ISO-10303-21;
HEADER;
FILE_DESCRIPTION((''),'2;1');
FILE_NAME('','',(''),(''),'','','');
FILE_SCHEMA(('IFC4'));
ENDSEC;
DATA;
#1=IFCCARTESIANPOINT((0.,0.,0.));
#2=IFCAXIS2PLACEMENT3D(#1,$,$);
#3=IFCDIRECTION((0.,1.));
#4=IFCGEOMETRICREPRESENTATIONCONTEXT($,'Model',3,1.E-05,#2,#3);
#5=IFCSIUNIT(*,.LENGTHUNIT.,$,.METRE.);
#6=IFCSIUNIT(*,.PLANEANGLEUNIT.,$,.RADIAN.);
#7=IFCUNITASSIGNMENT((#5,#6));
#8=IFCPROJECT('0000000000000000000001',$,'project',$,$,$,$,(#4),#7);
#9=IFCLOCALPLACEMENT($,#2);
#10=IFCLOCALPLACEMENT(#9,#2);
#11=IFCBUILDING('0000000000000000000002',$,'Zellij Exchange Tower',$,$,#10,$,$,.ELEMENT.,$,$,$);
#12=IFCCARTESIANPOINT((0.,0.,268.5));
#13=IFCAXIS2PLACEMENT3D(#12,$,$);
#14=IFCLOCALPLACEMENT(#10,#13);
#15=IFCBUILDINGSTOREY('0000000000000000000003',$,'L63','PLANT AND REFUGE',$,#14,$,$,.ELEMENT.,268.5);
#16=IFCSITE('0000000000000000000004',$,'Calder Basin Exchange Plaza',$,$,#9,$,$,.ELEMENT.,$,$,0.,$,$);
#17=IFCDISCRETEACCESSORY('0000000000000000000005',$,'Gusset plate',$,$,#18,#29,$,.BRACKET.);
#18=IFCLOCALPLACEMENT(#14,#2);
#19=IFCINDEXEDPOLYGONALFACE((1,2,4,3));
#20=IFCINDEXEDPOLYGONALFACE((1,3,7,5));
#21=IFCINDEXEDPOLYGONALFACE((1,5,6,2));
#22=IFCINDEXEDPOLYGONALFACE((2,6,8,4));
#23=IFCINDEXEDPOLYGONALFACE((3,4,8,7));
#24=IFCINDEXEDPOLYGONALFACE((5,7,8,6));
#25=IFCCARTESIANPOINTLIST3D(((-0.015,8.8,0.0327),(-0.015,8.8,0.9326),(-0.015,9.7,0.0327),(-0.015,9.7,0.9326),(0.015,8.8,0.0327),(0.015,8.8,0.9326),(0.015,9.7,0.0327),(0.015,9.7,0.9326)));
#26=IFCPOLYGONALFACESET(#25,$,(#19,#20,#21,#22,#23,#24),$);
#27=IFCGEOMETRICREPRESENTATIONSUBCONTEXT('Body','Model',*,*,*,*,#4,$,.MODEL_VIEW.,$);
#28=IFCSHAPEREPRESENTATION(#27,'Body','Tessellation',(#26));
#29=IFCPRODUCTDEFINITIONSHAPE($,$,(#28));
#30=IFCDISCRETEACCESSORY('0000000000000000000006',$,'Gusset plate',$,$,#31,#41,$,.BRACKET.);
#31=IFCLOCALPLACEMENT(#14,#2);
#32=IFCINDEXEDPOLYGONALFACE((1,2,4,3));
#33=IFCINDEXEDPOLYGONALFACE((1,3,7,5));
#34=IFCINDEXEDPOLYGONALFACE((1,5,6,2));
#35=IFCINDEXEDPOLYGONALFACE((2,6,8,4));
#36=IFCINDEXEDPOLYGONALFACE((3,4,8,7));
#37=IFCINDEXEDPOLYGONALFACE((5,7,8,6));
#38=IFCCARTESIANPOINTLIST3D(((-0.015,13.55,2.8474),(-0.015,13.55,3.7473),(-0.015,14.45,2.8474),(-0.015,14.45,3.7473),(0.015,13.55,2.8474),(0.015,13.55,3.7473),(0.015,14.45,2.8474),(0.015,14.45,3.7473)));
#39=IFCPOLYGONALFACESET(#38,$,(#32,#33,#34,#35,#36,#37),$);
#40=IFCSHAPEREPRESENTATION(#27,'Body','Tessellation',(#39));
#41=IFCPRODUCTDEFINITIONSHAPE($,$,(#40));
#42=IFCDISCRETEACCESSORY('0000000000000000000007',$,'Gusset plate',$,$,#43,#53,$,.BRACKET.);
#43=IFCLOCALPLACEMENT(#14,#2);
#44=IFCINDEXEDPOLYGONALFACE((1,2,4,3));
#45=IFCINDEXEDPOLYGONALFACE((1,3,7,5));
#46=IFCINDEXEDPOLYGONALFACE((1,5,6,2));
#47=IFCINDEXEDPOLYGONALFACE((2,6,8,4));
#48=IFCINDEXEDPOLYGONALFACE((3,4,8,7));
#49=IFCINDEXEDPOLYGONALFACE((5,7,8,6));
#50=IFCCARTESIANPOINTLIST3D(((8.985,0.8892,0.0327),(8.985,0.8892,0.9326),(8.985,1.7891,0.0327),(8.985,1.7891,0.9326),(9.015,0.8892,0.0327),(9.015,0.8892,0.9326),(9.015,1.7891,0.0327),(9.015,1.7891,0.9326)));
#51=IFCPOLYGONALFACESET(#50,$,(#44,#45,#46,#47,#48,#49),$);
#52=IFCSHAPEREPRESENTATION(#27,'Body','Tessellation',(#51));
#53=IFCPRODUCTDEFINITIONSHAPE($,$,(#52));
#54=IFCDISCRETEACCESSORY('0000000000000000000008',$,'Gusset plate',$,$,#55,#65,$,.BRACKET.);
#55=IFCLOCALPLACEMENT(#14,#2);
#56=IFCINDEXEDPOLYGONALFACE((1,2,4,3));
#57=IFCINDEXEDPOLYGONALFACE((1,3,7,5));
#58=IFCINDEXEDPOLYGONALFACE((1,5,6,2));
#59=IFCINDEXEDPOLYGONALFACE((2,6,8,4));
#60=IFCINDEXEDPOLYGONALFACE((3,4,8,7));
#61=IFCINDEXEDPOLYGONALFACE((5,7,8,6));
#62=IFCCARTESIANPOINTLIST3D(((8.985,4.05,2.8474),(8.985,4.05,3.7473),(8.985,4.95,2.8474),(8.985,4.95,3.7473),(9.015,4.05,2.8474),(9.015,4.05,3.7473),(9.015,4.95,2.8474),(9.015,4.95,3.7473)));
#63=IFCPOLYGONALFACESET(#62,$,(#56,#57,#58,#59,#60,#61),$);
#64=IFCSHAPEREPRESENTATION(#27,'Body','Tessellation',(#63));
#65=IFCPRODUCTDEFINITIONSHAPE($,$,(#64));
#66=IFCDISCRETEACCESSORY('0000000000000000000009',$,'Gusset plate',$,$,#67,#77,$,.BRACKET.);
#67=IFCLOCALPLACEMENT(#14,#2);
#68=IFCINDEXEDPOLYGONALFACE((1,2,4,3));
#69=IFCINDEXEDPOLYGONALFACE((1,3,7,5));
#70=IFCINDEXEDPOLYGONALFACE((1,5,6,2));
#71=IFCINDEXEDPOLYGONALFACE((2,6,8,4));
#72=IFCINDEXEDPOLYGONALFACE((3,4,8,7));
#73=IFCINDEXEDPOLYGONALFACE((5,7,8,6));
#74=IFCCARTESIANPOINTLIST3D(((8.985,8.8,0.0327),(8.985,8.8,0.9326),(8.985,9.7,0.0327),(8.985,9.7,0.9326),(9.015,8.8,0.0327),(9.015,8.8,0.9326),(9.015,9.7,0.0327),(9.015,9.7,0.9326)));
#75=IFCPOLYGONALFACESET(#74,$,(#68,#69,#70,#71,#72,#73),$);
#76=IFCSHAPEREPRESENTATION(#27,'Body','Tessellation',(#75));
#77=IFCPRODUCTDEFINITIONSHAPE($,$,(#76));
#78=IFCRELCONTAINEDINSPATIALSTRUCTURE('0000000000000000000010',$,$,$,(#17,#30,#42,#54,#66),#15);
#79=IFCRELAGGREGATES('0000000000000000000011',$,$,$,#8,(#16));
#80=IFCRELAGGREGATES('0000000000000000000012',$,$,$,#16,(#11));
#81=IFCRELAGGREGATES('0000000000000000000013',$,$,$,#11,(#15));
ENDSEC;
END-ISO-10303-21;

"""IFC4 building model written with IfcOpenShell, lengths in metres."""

from ifc_helpers import new_model, si_unit, direction, frame, origin, origin_2d, place, context, subcontext, project, spatial, rectangle, extrude, element, save


model = new_model("IFC4")

# Units and contexts
model_context = context("Model", 3, precision=1e-05, world=origin(), true_north=direction((0.0, 1.0)))
body_context = subcontext(model_context, "Body", "Model", "MODEL_VIEW")
ifc_project = project(units=[si_unit("LENGTHUNIT", "METRE"), si_unit("PLANEANGLEUNIT", "RADIAN")], contexts=[model_context])

# Site, building, storey
site_placement = place(None, origin())
site = spatial("IfcSite", under=ifc_project, at=site_placement, Name="Calder Basin Exchange Plaza", CompositionType="ELEMENT", RefElevation=0.0)
building_placement = place(site_placement, origin())
building = spatial("IfcBuilding", under=site, at=building_placement, Name="Zellij Exchange Tower", CompositionType="ELEMENT")
storey_placement = place(building_placement, frame((0.0, 0.0, 268.5)))
storey = spatial("IfcBuildingStorey", under=building, at=storey_placement, Name="L63", Description="PLANT AND REFUGE", CompositionType="ELEMENT", Elevation=268.5)

# Discrete accessories
for number, where, z_axis, x_axis, name in (
    (1, (0.0, 9.25, 0.0327), (0.0, 0.0, 1.0), (0.0, 1.0, 0.0), "Gusset plate"),
    (2, (0.0, 14.0, 2.8474), (0.0, 0.0, 1.0), (0.0, 1.0, 0.0), "Gusset plate"),
    (3, (9.0, 1.3391, 0.0327), (0.0, 0.0, 1.0), (0.0, 1.0, 0.0), "Gusset plate"),
    (4, (9.0, 4.5, 2.8474), (0.0, 0.0, 1.0), (0.0, 1.0, 0.0), "Gusset plate"),
    (5, (9.0, 9.25, 0.0327), (0.0, 0.0, 1.0), (0.0, 1.0, 0.0), "Gusset plate"),
):
    element("IfcDiscreteAccessory", number, at=place(storey_placement, frame(where, z_axis=z_axis, x_axis=x_axis)), inside=storey, Name=name, PredefinedType="BRACKET", context=body_context, shape_type="SweptSolid", body=[
        extrude(rectangle(XDim=0.8999, YDim=0.03, at=origin_2d()), origin(), (0.0, 0.0, 1.0), 0.8999),
    ])

save(model, "model.ifc")
